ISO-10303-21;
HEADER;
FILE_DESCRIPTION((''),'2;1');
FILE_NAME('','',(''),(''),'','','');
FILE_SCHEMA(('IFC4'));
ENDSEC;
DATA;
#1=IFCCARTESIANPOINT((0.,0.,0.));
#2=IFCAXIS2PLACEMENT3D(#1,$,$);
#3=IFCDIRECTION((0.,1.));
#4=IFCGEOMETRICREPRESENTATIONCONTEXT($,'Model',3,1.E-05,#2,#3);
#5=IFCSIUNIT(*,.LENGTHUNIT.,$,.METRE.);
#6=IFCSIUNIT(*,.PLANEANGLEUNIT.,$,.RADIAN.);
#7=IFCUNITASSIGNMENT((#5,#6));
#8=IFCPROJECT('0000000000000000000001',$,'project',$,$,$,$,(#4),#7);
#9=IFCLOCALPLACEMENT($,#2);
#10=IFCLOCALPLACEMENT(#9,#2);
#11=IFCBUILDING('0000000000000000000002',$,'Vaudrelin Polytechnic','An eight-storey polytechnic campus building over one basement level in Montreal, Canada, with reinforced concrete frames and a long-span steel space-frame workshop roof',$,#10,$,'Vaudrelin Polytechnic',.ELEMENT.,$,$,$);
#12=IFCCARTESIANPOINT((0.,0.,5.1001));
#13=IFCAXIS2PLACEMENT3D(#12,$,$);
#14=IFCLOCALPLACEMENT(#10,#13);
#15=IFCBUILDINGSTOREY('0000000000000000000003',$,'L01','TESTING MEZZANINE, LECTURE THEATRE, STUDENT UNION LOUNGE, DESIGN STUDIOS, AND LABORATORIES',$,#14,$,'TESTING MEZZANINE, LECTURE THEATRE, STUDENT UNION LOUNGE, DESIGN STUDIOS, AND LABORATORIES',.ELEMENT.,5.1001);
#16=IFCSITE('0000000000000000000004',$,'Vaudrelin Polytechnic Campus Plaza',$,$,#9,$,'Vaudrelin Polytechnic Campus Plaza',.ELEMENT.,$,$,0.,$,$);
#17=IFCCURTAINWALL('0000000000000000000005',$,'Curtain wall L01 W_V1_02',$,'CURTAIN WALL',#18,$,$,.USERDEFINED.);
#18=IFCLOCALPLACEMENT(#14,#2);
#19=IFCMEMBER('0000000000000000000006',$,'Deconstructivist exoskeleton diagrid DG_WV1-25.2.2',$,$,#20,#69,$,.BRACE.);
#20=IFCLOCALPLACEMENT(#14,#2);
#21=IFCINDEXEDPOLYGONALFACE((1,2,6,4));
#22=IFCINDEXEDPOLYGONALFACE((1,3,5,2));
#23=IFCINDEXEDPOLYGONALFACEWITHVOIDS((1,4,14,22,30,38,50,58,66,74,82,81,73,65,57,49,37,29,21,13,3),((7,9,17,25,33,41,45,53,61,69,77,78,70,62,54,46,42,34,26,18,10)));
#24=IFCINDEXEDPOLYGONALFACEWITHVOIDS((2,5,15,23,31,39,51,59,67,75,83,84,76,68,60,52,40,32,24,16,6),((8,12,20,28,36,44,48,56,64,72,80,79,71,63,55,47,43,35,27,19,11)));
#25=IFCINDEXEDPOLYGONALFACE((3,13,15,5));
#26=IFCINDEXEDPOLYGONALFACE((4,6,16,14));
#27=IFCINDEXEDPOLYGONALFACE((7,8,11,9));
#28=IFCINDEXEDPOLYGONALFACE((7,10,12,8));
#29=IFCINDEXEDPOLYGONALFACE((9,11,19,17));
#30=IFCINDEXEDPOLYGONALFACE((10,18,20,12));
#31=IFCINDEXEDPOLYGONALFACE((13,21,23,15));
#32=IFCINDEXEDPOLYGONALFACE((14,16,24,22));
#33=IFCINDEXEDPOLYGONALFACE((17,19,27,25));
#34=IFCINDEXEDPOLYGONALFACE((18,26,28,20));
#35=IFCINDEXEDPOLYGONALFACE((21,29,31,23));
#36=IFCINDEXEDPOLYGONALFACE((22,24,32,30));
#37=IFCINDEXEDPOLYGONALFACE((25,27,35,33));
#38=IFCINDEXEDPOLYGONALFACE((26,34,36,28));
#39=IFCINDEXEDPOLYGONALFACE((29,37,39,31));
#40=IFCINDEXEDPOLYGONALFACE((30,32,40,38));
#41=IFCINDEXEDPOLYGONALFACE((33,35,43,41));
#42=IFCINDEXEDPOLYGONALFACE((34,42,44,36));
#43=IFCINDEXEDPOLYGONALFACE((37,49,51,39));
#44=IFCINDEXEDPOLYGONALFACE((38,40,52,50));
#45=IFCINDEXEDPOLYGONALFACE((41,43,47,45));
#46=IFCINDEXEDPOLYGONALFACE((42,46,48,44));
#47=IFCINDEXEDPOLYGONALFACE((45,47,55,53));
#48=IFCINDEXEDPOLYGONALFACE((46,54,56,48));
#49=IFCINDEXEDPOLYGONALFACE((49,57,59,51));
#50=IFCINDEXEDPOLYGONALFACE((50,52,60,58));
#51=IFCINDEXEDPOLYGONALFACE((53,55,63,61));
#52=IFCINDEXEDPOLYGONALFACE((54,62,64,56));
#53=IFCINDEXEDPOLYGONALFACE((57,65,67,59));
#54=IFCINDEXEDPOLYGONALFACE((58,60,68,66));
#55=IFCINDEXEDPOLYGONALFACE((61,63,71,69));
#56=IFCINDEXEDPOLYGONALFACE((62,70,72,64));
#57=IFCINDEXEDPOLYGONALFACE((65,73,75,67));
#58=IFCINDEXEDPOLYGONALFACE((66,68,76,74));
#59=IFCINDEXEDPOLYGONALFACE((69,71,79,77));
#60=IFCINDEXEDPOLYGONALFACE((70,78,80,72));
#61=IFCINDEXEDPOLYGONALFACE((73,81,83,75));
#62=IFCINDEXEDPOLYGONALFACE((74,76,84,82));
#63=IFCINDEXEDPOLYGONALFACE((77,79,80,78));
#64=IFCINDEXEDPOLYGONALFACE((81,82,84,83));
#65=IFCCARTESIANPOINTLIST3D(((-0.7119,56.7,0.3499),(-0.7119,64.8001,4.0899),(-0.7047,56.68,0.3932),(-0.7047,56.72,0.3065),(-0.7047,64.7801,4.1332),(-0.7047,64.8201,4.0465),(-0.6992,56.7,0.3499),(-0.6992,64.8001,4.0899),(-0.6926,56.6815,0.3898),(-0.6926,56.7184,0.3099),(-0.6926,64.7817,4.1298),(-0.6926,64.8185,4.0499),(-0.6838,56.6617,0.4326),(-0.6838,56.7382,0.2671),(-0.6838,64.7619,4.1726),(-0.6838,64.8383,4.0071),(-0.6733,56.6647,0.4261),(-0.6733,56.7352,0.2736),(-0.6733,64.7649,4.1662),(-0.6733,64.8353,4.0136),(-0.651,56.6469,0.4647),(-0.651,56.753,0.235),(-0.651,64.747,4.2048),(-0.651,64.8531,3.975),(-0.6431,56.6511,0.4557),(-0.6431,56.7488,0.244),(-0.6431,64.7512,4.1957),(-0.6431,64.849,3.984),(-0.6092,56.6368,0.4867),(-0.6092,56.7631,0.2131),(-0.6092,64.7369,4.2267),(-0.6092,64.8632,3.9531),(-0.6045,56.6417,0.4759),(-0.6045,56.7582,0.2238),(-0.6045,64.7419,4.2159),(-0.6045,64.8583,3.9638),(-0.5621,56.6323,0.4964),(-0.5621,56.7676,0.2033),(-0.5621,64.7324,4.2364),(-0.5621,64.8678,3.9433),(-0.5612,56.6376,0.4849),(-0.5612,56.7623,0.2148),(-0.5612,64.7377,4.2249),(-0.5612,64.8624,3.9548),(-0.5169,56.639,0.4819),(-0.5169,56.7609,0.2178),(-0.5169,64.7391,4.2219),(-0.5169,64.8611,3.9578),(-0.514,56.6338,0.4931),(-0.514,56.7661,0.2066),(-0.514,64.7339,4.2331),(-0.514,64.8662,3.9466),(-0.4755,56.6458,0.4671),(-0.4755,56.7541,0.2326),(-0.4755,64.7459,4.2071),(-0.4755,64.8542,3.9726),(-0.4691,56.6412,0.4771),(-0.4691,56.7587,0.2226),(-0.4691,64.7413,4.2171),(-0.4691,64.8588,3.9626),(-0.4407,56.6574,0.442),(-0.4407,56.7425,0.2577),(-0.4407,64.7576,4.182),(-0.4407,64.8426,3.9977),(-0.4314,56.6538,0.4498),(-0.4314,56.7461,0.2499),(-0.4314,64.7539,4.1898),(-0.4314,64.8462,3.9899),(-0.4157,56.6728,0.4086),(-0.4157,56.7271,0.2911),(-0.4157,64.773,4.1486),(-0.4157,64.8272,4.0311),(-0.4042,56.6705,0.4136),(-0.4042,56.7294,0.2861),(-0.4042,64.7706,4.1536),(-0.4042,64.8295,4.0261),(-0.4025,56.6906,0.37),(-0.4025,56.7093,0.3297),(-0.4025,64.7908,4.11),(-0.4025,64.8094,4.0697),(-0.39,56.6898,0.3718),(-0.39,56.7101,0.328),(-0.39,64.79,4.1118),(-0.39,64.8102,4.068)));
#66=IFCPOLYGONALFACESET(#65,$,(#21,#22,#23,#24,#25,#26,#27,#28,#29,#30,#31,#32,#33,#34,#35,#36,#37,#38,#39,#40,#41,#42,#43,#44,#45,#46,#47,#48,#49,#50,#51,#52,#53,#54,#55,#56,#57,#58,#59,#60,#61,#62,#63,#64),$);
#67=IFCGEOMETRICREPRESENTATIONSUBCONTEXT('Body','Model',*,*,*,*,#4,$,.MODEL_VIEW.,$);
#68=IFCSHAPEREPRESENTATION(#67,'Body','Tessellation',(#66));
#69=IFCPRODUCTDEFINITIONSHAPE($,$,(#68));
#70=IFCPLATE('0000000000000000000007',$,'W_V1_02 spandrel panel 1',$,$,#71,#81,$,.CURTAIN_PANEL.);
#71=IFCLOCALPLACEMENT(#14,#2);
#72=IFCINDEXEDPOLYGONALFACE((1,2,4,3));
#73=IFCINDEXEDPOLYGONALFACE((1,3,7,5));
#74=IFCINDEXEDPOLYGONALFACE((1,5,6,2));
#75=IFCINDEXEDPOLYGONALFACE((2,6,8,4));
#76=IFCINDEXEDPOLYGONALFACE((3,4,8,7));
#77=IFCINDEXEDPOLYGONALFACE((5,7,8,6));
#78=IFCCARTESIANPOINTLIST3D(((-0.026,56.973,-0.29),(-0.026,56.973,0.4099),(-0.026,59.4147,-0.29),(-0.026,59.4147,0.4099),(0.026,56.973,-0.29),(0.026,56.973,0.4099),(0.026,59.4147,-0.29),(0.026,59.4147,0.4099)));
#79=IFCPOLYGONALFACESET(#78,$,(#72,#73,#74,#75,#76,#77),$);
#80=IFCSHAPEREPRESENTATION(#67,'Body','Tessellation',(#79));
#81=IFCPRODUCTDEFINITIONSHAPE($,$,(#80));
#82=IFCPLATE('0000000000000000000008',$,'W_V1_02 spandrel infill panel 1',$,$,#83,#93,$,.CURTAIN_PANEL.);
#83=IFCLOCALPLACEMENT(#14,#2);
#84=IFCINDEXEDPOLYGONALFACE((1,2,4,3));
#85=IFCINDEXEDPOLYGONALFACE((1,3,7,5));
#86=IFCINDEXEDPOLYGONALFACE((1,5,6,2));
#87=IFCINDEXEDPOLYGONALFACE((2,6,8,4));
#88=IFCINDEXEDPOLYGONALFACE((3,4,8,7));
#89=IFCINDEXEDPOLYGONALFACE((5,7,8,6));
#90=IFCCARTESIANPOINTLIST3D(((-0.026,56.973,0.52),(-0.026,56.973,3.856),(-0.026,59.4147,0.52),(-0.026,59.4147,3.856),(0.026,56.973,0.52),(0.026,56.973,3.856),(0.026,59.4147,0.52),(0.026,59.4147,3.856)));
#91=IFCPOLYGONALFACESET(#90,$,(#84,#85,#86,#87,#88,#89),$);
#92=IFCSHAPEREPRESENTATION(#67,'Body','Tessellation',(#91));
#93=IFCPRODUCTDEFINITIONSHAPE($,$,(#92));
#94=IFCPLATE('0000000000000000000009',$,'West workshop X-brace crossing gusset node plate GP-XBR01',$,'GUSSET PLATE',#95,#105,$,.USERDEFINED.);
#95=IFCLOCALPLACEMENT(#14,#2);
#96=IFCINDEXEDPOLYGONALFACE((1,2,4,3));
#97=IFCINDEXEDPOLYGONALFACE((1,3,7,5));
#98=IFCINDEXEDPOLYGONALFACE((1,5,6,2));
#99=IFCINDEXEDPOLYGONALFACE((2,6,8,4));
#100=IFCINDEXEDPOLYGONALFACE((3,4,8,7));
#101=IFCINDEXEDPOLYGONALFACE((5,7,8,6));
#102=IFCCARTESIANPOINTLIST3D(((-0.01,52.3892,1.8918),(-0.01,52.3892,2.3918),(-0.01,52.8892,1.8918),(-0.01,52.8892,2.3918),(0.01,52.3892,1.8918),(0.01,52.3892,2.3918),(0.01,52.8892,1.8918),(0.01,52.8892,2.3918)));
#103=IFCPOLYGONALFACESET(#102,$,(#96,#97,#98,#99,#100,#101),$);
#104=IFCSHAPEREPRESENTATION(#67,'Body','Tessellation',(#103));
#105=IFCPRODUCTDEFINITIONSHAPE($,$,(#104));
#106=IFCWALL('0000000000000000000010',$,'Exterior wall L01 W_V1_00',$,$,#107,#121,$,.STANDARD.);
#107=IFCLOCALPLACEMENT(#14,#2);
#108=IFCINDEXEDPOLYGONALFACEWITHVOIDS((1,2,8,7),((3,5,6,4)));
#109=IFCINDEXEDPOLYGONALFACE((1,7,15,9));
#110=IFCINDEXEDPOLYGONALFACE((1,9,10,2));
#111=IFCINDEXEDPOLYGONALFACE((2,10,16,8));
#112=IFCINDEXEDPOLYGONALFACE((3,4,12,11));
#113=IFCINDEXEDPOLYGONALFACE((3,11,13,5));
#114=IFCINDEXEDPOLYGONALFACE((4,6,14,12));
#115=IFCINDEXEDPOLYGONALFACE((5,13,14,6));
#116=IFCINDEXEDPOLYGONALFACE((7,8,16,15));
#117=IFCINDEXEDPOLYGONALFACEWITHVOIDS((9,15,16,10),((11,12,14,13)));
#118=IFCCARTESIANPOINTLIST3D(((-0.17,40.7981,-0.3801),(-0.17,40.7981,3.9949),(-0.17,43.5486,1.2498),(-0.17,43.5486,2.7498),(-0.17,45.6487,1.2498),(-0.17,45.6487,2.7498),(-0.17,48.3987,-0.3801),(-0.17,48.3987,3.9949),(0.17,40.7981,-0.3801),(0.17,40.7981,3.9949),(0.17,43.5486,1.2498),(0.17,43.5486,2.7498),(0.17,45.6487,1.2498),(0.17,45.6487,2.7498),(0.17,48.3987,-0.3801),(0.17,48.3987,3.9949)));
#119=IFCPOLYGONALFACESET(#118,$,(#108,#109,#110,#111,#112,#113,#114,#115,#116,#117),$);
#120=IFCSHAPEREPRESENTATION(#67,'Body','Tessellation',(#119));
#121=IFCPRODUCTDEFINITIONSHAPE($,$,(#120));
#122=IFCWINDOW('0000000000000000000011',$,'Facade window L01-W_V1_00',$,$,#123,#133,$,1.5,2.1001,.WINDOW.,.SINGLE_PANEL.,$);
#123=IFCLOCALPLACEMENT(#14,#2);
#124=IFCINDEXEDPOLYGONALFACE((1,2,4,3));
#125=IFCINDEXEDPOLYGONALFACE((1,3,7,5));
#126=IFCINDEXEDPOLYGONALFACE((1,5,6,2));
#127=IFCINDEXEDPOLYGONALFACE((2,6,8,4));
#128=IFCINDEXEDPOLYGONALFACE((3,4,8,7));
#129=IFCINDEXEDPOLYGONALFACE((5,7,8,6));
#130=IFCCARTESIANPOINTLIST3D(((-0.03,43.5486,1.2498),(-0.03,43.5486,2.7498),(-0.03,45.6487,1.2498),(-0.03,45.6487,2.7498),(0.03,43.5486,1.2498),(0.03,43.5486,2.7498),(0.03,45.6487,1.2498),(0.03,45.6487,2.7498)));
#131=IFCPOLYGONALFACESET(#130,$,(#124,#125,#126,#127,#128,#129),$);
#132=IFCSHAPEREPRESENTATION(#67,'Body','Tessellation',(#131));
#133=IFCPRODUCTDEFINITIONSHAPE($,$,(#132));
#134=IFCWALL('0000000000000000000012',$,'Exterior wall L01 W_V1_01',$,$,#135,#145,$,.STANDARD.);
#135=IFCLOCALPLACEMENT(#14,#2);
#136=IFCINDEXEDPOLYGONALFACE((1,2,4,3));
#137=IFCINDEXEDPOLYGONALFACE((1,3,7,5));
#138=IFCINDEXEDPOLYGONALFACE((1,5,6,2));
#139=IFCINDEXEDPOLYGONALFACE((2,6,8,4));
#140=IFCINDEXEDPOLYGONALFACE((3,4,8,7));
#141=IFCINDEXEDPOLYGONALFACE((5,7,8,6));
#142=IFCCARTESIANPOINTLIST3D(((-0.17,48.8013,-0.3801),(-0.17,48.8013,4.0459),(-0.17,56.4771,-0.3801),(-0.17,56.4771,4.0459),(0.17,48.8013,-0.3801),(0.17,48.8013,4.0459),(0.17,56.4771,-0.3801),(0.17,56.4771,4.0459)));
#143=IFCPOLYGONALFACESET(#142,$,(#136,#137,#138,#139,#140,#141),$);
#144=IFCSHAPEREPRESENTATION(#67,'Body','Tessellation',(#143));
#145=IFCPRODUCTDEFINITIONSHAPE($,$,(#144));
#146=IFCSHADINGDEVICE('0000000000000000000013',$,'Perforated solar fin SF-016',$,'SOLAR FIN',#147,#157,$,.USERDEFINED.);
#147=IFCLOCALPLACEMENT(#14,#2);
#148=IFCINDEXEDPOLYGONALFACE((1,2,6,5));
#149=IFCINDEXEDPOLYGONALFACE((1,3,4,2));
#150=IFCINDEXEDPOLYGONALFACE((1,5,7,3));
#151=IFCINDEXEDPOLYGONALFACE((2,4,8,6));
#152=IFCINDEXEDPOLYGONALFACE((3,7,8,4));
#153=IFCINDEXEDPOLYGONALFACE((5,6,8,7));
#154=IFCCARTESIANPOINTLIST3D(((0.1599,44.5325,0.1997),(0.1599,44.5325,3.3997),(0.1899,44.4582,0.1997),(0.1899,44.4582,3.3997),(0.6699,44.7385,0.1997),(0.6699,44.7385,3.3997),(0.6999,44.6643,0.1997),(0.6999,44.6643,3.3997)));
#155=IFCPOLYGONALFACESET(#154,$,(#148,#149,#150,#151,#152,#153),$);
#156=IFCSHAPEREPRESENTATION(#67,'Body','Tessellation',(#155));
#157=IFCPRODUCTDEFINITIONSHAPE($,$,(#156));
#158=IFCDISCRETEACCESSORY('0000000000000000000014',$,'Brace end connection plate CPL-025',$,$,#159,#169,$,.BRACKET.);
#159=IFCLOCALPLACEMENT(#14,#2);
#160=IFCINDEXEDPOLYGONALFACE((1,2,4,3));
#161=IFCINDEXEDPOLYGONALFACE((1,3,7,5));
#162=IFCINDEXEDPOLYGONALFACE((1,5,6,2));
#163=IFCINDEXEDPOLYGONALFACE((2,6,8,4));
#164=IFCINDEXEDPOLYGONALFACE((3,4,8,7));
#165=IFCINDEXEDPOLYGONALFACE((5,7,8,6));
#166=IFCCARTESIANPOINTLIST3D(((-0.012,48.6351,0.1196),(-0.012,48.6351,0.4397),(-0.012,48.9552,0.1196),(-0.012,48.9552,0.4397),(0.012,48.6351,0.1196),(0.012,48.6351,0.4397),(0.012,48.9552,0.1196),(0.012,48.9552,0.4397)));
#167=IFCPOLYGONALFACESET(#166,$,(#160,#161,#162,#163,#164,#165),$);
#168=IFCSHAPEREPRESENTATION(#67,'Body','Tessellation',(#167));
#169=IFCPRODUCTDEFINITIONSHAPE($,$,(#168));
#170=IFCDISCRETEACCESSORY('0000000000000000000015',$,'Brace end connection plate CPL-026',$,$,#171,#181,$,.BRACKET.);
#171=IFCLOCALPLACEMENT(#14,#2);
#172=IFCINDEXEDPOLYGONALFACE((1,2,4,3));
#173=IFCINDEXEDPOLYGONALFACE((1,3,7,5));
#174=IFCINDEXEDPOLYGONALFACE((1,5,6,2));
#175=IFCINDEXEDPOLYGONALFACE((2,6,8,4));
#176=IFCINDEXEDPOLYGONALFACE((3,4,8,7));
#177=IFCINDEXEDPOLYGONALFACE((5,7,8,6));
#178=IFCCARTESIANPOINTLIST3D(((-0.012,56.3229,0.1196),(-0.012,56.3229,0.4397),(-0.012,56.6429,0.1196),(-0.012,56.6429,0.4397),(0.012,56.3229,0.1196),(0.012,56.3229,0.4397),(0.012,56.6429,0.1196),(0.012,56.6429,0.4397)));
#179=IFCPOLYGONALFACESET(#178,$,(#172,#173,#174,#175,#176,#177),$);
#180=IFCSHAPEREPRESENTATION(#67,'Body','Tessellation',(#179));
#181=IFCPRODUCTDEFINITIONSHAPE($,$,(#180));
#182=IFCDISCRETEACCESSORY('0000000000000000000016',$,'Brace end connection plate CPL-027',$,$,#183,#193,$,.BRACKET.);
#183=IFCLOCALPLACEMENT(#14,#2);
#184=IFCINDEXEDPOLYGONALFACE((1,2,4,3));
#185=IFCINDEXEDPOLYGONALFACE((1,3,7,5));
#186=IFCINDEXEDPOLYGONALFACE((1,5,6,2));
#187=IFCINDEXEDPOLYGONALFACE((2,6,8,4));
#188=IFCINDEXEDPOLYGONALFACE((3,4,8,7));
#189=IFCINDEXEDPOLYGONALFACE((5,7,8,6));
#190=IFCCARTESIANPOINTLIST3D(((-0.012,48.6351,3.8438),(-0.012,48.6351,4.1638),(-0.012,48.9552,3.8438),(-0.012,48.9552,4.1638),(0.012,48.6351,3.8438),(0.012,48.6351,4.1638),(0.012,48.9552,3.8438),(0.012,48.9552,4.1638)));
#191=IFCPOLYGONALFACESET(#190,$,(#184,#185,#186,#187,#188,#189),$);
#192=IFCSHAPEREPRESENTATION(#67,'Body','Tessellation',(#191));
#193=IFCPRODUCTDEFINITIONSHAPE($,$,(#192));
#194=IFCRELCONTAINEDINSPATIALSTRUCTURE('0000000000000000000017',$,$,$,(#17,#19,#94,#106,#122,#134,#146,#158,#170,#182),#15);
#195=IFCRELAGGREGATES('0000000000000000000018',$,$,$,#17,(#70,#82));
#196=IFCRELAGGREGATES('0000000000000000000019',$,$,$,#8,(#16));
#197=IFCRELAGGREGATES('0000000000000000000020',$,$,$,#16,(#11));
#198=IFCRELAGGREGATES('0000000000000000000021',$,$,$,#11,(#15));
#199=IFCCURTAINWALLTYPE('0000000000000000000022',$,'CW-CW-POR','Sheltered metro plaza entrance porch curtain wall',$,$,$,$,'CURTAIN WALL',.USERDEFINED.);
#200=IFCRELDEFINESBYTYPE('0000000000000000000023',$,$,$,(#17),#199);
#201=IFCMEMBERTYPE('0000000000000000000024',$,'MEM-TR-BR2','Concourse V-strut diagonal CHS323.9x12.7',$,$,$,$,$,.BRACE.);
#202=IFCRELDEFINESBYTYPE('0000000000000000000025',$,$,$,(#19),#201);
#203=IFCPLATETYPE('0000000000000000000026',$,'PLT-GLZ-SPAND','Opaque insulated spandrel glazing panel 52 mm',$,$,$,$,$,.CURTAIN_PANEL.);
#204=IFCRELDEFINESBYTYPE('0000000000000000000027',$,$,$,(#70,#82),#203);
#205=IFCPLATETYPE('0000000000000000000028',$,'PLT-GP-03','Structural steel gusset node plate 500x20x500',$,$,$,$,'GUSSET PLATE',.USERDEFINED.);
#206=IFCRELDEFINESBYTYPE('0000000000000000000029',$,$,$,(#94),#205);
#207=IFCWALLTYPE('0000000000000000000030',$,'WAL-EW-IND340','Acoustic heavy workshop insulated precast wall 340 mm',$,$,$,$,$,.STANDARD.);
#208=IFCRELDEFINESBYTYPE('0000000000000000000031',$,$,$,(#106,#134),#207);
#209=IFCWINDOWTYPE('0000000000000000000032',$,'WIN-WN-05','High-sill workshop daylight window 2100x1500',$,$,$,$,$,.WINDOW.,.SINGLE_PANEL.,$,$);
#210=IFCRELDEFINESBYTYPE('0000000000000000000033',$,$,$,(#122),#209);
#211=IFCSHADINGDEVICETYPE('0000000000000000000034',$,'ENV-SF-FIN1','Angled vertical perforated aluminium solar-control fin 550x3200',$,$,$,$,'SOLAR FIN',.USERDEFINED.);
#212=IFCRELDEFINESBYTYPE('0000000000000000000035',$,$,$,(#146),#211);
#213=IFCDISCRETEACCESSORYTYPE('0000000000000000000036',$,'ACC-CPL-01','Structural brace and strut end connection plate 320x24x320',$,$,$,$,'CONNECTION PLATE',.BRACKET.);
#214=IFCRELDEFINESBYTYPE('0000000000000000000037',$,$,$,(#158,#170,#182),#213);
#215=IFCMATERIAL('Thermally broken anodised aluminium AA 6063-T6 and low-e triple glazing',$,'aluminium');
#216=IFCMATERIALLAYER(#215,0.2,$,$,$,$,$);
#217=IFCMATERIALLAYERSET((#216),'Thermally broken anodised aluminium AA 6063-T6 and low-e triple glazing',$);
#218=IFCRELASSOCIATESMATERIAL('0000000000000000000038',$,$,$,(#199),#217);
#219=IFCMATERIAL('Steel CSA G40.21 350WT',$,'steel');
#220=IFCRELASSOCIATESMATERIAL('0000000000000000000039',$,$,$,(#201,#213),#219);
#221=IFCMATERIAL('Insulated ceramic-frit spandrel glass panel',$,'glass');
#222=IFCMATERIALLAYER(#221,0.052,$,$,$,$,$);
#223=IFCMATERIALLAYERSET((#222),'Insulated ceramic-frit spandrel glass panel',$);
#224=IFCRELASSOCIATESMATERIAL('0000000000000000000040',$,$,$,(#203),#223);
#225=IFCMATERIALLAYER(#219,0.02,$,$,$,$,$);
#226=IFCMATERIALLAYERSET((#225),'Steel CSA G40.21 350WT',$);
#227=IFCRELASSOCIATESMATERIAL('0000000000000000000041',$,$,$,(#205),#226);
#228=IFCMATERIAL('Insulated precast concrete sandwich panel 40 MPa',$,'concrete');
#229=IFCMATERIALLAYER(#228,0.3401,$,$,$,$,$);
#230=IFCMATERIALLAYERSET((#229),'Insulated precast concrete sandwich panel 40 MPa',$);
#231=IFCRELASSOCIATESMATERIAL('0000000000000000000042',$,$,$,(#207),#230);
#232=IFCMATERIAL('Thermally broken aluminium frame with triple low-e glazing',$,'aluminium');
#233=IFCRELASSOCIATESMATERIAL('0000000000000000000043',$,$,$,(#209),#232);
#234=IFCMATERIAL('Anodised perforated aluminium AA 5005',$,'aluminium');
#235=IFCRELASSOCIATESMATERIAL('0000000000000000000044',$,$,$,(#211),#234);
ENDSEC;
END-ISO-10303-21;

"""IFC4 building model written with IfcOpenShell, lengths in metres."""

from ifc_helpers import new_model, si_unit, direction, frame, frame_2d, origin, origin_2d, place, context, subcontext, project, spatial, rectangle, hollow_circle, extrude, material, layer, layer_set, material_profile, profile_set, type_object, element, fill, aggregate, save


model = new_model("IFC4")

# Units and contexts
model_context = context("Model", 3, precision=1e-05, world=origin(), true_north=direction((0.0, 1.0)))
body_context = subcontext(model_context, "Body", "Model", "MODEL_VIEW")
ifc_project = project(units=[si_unit("LENGTHUNIT", "METRE"), si_unit("PLANEANGLEUNIT", "RADIAN")], contexts=[model_context])

# Site, building, storey
site_placement = place(None, origin())
site = spatial("IfcSite", under=ifc_project, at=site_placement, Name="Vaudrelin Polytechnic Campus Plaza", LongName="Vaudrelin Polytechnic Campus Plaza", CompositionType="ELEMENT", RefElevation=0.0)
building_placement = place(site_placement, origin())
building = spatial("IfcBuilding", under=site, at=building_placement, Name="Vaudrelin Polytechnic", Description="An eight-storey polytechnic campus building over one basement level in Montreal, Canada, with reinforced concrete frames and a long-span steel space-frame workshop roof", LongName="Vaudrelin Polytechnic", CompositionType="ELEMENT")
storey_placement = place(building_placement, frame((0.0, 0.0, 5.1001)))
storey = spatial("IfcBuildingStorey", under=building, at=storey_placement, Name="L01", Description="TESTING MEZZANINE, LECTURE THEATRE, STUDENT UNION LOUNGE, DESIGN STUDIOS, AND LABORATORIES", LongName="TESTING MEZZANINE, LECTURE THEATRE, STUDENT UNION LOUNGE, DESIGN STUDIOS, AND LABORATORIES", CompositionType="ELEMENT", Elevation=5.1001)

# Shared definitions
ifc_material_1 = material(Name="Steel CSA G40.21 350WT", Category="steel")

# Curtain wall
ifc_material_2 = material(Name="Thermally broken anodised aluminium AA 6063-T6 and low-e triple glazing", Category="aluminium")
ifc_layer_1 = layer(ifc_material_2, 0.2)
ifc_layer_set_1 = layer_set([ifc_layer_1], Name="Thermally broken anodised aluminium AA 6063-T6 and low-e triple glazing")
curtain_wall_type = type_object("IfcCurtainWallType", Name="CW-CW-POR", Description="Sheltered metro plaza entrance porch curtain wall", ElementType="CURTAIN WALL", PredefinedType="USERDEFINED", material=ifc_layer_set_1)
curtain_wall_placement = place(storey_placement, origin())
curtain_wall = element("IfcCurtainWall", 1, at=curtain_wall_placement, inside=storey, type_object=curtain_wall_type, Name="Curtain wall L01 W_V1_02", ObjectType="CURTAIN WALL", PredefinedType="USERDEFINED")

# Member
ifc_material_profile_1 = material_profile(ifc_material_1, hollow_circle(Radius=0.1619, WallThickness=0.0127, at=origin_2d()), Name="CHS323.9x12.7")
ifc_profile_set_1 = profile_set([ifc_material_profile_1], Name="Steel CSA G40.21 350WT")
member_type_1 = type_object("IfcMemberType", Name="MEM-TR-BR2", Description="Concourse V-strut diagonal CHS323.9x12.7", PredefinedType="BRACE", material=ifc_profile_set_1)
member_1_placement = place(storey_placement, frame((-0.55, 56.7, 0.3499), z_axis=(0.0, 0.907896, 0.419195), x_axis=(-1.0, 0.0, 0.0)))
element("IfcMember", 2, at=member_1_placement, inside=storey, type_object=member_type_1, Name="Deconstructivist exoskeleton diagrid DG_WV1-25.2.2", PredefinedType="BRACE", context=body_context, shape_type="SweptSolid", body=[
    extrude(hollow_circle(Radius=0.1619, WallThickness=0.0127, at=origin_2d()), origin(), (0.0, 0.0, 1.0), 8.9219),
])

# Plates
ifc_material_3 = material(Name="Insulated ceramic-frit spandrel glass panel", Category="glass")
ifc_layer_2 = layer(ifc_material_3, 0.052)
ifc_layer_set_2 = layer_set([ifc_layer_2], Name="Insulated ceramic-frit spandrel glass panel")
plate_type_1 = type_object("IfcPlateType", Name="PLT-GLZ-SPAND", Description="Opaque insulated spandrel glazing panel 52 mm", PredefinedType="CURTAIN_PANEL", material=ifc_layer_set_2)
plate_1_placement = place(storey_placement, frame((0.0, 58.1938, -0.29), z_axis=(0.0, 0.0, 1.0), x_axis=(0.0, 1.0, 0.0)))
plate_1 = element("IfcPlate", 3, at=plate_1_placement, type_object=plate_type_1, Name="W_V1_02 spandrel panel 1", PredefinedType="CURTAIN_PANEL", context=body_context, shape_type="SweptSolid", body=[
    extrude(rectangle(XDim=2.4417, YDim=0.052, at=origin_2d()), origin(), (0.0, 0.0, 1.0), 0.7),
])
plate_2_placement = place(storey_placement, frame((0.0, 58.1938, 0.52), z_axis=(0.0, 0.0, 1.0), x_axis=(0.0, 1.0, 0.0)))
plate_2 = element("IfcPlate", 4, at=plate_2_placement, type_object=plate_type_1, Name="W_V1_02 spandrel infill panel 1", PredefinedType="CURTAIN_PANEL", context=body_context, shape_type="SweptSolid", body=[
    extrude(rectangle(XDim=2.4417, YDim=0.052, at=origin_2d()), origin(), (0.0, 0.0, 1.0), 3.3359),
])
aggregate(curtain_wall, [plate_1, plate_2])
ifc_layer_3 = layer(ifc_material_1, 0.02)
ifc_layer_set_3 = layer_set([ifc_layer_3], Name="Steel CSA G40.21 350WT")
plate_type_2 = type_object("IfcPlateType", Name="PLT-GP-03", Description="Structural steel gusset node plate 500x20x500", ElementType="GUSSET PLATE", PredefinedType="USERDEFINED", material=ifc_layer_set_3)
plate_3_placement = place(storey_placement, frame((0.0, 52.6392, 1.8918), z_axis=(0.0, 0.0, 1.0), x_axis=(1.0, 0.0, 0.0)))
element("IfcPlate", 5, at=plate_3_placement, inside=storey, type_object=plate_type_2, Name="West workshop X-brace crossing gusset node plate GP-XBR01", ObjectType="GUSSET PLATE", PredefinedType="USERDEFINED", context=body_context, shape_type="SweptSolid", body=[
    extrude(rectangle(XDim=0.02, YDim=0.5, at=origin_2d()), origin(), (0.0, 0.0, 1.0), 0.5),
])

# Wall, opening, window
ifc_material_4 = material(Name="Insulated precast concrete sandwich panel 40 MPa", Category="concrete")
ifc_layer_4 = layer(ifc_material_4, 0.3401)
ifc_layer_set_4 = layer_set([ifc_layer_4], Name="Insulated precast concrete sandwich panel 40 MPa")
wall_type = type_object("IfcWallType", Name="WAL-EW-IND340", Description="Acoustic heavy workshop insulated precast wall 340 mm", PredefinedType="STANDARD", material=ifc_layer_set_4)
wall_1_placement = place(storey_placement, frame((0.0, 40.7981, -0.3801), z_axis=(0.0, 0.0, 1.0), x_axis=(0.0, 1.0, 0.0)))
wall_1 = element("IfcWall", 6, at=wall_1_placement, inside=storey, type_object=wall_type, Name="Exterior wall L01 W_V1_00", PredefinedType="STANDARD", context=body_context, shape_type="SweptSolid", body=[
    extrude(rectangle(XDim=7.6006, YDim=0.3401, at=frame_2d((3.8003, 0.0))), origin(), (0.0, 0.0, 1.0), 4.375),
])
opening_placement = place(wall_1_placement, frame((2.7505, 0.0, 1.6299)))
opening = element("IfcOpeningElement", 7, at=opening_placement, cuts=wall_1, PredefinedType="OPENING", context=body_context, shape_type="SweptSolid", body=[
    extrude(rectangle(XDim=2.1001, YDim=1.5, at=frame_2d((1.05, 0.75))), frame((0.0, 0.1802, 0.0), z_axis=(0.0, -1.0, 0.0), x_axis=(1.0, 0.0, 0.0)), (0.0, 0.0, 1.0), 0.3601),
])
ifc_material_5 = material(Name="Thermally broken aluminium frame with triple low-e glazing", Category="aluminium")
window_type = type_object("IfcWindowType", Name="WIN-WN-05", Description="High-sill workshop daylight window 2100x1500", PartitioningType="SINGLE_PANEL", PredefinedType="WINDOW", material=ifc_material_5)
window_placement = place(opening_placement, origin())
window = element("IfcWindow", 8, at=window_placement, inside=storey, type_object=window_type, Name="Facade window L01-W_V1_00", OverallHeight=1.5, OverallWidth=2.1001, PartitioningType="SINGLE_PANEL", PredefinedType="WINDOW", context=body_context, shape_type="SweptSolid", body=[
    extrude(rectangle(XDim=2.1001, YDim=1.5, at=frame_2d((1.05, 0.75))), frame((0.0, 0.03, 0.0), z_axis=(0.0, -1.0, 0.0), x_axis=(1.0, 0.0, 0.0)), (0.0, 0.0, 1.0), 0.0601),
])
fill(opening, window)

# Wall
wall_2_placement = place(storey_placement, frame((0.0, 48.8013, -0.3801), z_axis=(0.0, 0.0, 1.0), x_axis=(0.0, 1.0, 0.0)))
element("IfcWall", 9, at=wall_2_placement, inside=storey, type_object=wall_type, Name="Exterior wall L01 W_V1_01", PredefinedType="STANDARD", context=body_context, shape_type="SweptSolid", body=[
    extrude(rectangle(XDim=7.6758, YDim=0.3401, at=frame_2d((3.8379, 0.0))), origin(), (0.0, 0.0, 1.0), 4.426),
])

# Shading device
ifc_material_6 = material(Name="Anodised perforated aluminium AA 5005", Category="aluminium")
shading_device_type = type_object("IfcShadingDeviceType", Name="ENV-SF-FIN1", Description="Angled vertical perforated aluminium solar-control fin 550x3200", ElementType="SOLAR FIN", PredefinedType="USERDEFINED", material=ifc_material_6)
shading_device_placement = place(storey_placement, frame((0.4299, 44.5984, 0.1997), z_axis=(0.0, 0.0, 1.0), x_axis=(0.927184, 0.374607, 0.0)))
element("IfcShadingDevice", 10, at=shading_device_placement, inside=storey, type_object=shading_device_type, Name="Perforated solar fin SF-016", ObjectType="SOLAR FIN", PredefinedType="USERDEFINED", context=body_context, shape_type="SweptSolid", body=[
    extrude(rectangle(XDim=0.55, YDim=0.0801, at=origin_2d()), origin(), (0.0, 0.0, 1.0), 3.2),
])

# Discrete accessories
discrete_accessory_type_1 = type_object("IfcDiscreteAccessoryType", Name="ACC-CPL-01", Description="Structural brace and strut end connection plate 320x24x320", ElementType="CONNECTION PLATE", PredefinedType="BRACKET", material=ifc_material_1)
for number, where, z_axis, x_axis, name in (
    (11, (0.0, 48.7952, 0.1196), (0.0, 0.0, 1.0), (1.0, 0.0, 0.0), "Brace end connection plate CPL-025"),
    (12, (0.0, 56.4829, 0.1196), (0.0, 0.0, 1.0), (1.0, 0.0, 0.0), "Brace end connection plate CPL-026"),
    (13, (0.0, 48.7952, 3.8438), (0.0, 0.0, 1.0), (1.0, 0.0, 0.0), "Brace end connection plate CPL-027"),
):
    element("IfcDiscreteAccessory", number, at=place(storey_placement, frame(where, z_axis=z_axis, x_axis=x_axis)), inside=storey, type_object=discrete_accessory_type_1, Name=name, PredefinedType="BRACKET", context=body_context, shape_type="SweptSolid", body=[
        extrude(rectangle(XDim=0.0239, YDim=0.3201, at=origin_2d()), origin(), (0.0, 0.0, 1.0), 0.3201),
    ])

save(model, "model.ifc")
